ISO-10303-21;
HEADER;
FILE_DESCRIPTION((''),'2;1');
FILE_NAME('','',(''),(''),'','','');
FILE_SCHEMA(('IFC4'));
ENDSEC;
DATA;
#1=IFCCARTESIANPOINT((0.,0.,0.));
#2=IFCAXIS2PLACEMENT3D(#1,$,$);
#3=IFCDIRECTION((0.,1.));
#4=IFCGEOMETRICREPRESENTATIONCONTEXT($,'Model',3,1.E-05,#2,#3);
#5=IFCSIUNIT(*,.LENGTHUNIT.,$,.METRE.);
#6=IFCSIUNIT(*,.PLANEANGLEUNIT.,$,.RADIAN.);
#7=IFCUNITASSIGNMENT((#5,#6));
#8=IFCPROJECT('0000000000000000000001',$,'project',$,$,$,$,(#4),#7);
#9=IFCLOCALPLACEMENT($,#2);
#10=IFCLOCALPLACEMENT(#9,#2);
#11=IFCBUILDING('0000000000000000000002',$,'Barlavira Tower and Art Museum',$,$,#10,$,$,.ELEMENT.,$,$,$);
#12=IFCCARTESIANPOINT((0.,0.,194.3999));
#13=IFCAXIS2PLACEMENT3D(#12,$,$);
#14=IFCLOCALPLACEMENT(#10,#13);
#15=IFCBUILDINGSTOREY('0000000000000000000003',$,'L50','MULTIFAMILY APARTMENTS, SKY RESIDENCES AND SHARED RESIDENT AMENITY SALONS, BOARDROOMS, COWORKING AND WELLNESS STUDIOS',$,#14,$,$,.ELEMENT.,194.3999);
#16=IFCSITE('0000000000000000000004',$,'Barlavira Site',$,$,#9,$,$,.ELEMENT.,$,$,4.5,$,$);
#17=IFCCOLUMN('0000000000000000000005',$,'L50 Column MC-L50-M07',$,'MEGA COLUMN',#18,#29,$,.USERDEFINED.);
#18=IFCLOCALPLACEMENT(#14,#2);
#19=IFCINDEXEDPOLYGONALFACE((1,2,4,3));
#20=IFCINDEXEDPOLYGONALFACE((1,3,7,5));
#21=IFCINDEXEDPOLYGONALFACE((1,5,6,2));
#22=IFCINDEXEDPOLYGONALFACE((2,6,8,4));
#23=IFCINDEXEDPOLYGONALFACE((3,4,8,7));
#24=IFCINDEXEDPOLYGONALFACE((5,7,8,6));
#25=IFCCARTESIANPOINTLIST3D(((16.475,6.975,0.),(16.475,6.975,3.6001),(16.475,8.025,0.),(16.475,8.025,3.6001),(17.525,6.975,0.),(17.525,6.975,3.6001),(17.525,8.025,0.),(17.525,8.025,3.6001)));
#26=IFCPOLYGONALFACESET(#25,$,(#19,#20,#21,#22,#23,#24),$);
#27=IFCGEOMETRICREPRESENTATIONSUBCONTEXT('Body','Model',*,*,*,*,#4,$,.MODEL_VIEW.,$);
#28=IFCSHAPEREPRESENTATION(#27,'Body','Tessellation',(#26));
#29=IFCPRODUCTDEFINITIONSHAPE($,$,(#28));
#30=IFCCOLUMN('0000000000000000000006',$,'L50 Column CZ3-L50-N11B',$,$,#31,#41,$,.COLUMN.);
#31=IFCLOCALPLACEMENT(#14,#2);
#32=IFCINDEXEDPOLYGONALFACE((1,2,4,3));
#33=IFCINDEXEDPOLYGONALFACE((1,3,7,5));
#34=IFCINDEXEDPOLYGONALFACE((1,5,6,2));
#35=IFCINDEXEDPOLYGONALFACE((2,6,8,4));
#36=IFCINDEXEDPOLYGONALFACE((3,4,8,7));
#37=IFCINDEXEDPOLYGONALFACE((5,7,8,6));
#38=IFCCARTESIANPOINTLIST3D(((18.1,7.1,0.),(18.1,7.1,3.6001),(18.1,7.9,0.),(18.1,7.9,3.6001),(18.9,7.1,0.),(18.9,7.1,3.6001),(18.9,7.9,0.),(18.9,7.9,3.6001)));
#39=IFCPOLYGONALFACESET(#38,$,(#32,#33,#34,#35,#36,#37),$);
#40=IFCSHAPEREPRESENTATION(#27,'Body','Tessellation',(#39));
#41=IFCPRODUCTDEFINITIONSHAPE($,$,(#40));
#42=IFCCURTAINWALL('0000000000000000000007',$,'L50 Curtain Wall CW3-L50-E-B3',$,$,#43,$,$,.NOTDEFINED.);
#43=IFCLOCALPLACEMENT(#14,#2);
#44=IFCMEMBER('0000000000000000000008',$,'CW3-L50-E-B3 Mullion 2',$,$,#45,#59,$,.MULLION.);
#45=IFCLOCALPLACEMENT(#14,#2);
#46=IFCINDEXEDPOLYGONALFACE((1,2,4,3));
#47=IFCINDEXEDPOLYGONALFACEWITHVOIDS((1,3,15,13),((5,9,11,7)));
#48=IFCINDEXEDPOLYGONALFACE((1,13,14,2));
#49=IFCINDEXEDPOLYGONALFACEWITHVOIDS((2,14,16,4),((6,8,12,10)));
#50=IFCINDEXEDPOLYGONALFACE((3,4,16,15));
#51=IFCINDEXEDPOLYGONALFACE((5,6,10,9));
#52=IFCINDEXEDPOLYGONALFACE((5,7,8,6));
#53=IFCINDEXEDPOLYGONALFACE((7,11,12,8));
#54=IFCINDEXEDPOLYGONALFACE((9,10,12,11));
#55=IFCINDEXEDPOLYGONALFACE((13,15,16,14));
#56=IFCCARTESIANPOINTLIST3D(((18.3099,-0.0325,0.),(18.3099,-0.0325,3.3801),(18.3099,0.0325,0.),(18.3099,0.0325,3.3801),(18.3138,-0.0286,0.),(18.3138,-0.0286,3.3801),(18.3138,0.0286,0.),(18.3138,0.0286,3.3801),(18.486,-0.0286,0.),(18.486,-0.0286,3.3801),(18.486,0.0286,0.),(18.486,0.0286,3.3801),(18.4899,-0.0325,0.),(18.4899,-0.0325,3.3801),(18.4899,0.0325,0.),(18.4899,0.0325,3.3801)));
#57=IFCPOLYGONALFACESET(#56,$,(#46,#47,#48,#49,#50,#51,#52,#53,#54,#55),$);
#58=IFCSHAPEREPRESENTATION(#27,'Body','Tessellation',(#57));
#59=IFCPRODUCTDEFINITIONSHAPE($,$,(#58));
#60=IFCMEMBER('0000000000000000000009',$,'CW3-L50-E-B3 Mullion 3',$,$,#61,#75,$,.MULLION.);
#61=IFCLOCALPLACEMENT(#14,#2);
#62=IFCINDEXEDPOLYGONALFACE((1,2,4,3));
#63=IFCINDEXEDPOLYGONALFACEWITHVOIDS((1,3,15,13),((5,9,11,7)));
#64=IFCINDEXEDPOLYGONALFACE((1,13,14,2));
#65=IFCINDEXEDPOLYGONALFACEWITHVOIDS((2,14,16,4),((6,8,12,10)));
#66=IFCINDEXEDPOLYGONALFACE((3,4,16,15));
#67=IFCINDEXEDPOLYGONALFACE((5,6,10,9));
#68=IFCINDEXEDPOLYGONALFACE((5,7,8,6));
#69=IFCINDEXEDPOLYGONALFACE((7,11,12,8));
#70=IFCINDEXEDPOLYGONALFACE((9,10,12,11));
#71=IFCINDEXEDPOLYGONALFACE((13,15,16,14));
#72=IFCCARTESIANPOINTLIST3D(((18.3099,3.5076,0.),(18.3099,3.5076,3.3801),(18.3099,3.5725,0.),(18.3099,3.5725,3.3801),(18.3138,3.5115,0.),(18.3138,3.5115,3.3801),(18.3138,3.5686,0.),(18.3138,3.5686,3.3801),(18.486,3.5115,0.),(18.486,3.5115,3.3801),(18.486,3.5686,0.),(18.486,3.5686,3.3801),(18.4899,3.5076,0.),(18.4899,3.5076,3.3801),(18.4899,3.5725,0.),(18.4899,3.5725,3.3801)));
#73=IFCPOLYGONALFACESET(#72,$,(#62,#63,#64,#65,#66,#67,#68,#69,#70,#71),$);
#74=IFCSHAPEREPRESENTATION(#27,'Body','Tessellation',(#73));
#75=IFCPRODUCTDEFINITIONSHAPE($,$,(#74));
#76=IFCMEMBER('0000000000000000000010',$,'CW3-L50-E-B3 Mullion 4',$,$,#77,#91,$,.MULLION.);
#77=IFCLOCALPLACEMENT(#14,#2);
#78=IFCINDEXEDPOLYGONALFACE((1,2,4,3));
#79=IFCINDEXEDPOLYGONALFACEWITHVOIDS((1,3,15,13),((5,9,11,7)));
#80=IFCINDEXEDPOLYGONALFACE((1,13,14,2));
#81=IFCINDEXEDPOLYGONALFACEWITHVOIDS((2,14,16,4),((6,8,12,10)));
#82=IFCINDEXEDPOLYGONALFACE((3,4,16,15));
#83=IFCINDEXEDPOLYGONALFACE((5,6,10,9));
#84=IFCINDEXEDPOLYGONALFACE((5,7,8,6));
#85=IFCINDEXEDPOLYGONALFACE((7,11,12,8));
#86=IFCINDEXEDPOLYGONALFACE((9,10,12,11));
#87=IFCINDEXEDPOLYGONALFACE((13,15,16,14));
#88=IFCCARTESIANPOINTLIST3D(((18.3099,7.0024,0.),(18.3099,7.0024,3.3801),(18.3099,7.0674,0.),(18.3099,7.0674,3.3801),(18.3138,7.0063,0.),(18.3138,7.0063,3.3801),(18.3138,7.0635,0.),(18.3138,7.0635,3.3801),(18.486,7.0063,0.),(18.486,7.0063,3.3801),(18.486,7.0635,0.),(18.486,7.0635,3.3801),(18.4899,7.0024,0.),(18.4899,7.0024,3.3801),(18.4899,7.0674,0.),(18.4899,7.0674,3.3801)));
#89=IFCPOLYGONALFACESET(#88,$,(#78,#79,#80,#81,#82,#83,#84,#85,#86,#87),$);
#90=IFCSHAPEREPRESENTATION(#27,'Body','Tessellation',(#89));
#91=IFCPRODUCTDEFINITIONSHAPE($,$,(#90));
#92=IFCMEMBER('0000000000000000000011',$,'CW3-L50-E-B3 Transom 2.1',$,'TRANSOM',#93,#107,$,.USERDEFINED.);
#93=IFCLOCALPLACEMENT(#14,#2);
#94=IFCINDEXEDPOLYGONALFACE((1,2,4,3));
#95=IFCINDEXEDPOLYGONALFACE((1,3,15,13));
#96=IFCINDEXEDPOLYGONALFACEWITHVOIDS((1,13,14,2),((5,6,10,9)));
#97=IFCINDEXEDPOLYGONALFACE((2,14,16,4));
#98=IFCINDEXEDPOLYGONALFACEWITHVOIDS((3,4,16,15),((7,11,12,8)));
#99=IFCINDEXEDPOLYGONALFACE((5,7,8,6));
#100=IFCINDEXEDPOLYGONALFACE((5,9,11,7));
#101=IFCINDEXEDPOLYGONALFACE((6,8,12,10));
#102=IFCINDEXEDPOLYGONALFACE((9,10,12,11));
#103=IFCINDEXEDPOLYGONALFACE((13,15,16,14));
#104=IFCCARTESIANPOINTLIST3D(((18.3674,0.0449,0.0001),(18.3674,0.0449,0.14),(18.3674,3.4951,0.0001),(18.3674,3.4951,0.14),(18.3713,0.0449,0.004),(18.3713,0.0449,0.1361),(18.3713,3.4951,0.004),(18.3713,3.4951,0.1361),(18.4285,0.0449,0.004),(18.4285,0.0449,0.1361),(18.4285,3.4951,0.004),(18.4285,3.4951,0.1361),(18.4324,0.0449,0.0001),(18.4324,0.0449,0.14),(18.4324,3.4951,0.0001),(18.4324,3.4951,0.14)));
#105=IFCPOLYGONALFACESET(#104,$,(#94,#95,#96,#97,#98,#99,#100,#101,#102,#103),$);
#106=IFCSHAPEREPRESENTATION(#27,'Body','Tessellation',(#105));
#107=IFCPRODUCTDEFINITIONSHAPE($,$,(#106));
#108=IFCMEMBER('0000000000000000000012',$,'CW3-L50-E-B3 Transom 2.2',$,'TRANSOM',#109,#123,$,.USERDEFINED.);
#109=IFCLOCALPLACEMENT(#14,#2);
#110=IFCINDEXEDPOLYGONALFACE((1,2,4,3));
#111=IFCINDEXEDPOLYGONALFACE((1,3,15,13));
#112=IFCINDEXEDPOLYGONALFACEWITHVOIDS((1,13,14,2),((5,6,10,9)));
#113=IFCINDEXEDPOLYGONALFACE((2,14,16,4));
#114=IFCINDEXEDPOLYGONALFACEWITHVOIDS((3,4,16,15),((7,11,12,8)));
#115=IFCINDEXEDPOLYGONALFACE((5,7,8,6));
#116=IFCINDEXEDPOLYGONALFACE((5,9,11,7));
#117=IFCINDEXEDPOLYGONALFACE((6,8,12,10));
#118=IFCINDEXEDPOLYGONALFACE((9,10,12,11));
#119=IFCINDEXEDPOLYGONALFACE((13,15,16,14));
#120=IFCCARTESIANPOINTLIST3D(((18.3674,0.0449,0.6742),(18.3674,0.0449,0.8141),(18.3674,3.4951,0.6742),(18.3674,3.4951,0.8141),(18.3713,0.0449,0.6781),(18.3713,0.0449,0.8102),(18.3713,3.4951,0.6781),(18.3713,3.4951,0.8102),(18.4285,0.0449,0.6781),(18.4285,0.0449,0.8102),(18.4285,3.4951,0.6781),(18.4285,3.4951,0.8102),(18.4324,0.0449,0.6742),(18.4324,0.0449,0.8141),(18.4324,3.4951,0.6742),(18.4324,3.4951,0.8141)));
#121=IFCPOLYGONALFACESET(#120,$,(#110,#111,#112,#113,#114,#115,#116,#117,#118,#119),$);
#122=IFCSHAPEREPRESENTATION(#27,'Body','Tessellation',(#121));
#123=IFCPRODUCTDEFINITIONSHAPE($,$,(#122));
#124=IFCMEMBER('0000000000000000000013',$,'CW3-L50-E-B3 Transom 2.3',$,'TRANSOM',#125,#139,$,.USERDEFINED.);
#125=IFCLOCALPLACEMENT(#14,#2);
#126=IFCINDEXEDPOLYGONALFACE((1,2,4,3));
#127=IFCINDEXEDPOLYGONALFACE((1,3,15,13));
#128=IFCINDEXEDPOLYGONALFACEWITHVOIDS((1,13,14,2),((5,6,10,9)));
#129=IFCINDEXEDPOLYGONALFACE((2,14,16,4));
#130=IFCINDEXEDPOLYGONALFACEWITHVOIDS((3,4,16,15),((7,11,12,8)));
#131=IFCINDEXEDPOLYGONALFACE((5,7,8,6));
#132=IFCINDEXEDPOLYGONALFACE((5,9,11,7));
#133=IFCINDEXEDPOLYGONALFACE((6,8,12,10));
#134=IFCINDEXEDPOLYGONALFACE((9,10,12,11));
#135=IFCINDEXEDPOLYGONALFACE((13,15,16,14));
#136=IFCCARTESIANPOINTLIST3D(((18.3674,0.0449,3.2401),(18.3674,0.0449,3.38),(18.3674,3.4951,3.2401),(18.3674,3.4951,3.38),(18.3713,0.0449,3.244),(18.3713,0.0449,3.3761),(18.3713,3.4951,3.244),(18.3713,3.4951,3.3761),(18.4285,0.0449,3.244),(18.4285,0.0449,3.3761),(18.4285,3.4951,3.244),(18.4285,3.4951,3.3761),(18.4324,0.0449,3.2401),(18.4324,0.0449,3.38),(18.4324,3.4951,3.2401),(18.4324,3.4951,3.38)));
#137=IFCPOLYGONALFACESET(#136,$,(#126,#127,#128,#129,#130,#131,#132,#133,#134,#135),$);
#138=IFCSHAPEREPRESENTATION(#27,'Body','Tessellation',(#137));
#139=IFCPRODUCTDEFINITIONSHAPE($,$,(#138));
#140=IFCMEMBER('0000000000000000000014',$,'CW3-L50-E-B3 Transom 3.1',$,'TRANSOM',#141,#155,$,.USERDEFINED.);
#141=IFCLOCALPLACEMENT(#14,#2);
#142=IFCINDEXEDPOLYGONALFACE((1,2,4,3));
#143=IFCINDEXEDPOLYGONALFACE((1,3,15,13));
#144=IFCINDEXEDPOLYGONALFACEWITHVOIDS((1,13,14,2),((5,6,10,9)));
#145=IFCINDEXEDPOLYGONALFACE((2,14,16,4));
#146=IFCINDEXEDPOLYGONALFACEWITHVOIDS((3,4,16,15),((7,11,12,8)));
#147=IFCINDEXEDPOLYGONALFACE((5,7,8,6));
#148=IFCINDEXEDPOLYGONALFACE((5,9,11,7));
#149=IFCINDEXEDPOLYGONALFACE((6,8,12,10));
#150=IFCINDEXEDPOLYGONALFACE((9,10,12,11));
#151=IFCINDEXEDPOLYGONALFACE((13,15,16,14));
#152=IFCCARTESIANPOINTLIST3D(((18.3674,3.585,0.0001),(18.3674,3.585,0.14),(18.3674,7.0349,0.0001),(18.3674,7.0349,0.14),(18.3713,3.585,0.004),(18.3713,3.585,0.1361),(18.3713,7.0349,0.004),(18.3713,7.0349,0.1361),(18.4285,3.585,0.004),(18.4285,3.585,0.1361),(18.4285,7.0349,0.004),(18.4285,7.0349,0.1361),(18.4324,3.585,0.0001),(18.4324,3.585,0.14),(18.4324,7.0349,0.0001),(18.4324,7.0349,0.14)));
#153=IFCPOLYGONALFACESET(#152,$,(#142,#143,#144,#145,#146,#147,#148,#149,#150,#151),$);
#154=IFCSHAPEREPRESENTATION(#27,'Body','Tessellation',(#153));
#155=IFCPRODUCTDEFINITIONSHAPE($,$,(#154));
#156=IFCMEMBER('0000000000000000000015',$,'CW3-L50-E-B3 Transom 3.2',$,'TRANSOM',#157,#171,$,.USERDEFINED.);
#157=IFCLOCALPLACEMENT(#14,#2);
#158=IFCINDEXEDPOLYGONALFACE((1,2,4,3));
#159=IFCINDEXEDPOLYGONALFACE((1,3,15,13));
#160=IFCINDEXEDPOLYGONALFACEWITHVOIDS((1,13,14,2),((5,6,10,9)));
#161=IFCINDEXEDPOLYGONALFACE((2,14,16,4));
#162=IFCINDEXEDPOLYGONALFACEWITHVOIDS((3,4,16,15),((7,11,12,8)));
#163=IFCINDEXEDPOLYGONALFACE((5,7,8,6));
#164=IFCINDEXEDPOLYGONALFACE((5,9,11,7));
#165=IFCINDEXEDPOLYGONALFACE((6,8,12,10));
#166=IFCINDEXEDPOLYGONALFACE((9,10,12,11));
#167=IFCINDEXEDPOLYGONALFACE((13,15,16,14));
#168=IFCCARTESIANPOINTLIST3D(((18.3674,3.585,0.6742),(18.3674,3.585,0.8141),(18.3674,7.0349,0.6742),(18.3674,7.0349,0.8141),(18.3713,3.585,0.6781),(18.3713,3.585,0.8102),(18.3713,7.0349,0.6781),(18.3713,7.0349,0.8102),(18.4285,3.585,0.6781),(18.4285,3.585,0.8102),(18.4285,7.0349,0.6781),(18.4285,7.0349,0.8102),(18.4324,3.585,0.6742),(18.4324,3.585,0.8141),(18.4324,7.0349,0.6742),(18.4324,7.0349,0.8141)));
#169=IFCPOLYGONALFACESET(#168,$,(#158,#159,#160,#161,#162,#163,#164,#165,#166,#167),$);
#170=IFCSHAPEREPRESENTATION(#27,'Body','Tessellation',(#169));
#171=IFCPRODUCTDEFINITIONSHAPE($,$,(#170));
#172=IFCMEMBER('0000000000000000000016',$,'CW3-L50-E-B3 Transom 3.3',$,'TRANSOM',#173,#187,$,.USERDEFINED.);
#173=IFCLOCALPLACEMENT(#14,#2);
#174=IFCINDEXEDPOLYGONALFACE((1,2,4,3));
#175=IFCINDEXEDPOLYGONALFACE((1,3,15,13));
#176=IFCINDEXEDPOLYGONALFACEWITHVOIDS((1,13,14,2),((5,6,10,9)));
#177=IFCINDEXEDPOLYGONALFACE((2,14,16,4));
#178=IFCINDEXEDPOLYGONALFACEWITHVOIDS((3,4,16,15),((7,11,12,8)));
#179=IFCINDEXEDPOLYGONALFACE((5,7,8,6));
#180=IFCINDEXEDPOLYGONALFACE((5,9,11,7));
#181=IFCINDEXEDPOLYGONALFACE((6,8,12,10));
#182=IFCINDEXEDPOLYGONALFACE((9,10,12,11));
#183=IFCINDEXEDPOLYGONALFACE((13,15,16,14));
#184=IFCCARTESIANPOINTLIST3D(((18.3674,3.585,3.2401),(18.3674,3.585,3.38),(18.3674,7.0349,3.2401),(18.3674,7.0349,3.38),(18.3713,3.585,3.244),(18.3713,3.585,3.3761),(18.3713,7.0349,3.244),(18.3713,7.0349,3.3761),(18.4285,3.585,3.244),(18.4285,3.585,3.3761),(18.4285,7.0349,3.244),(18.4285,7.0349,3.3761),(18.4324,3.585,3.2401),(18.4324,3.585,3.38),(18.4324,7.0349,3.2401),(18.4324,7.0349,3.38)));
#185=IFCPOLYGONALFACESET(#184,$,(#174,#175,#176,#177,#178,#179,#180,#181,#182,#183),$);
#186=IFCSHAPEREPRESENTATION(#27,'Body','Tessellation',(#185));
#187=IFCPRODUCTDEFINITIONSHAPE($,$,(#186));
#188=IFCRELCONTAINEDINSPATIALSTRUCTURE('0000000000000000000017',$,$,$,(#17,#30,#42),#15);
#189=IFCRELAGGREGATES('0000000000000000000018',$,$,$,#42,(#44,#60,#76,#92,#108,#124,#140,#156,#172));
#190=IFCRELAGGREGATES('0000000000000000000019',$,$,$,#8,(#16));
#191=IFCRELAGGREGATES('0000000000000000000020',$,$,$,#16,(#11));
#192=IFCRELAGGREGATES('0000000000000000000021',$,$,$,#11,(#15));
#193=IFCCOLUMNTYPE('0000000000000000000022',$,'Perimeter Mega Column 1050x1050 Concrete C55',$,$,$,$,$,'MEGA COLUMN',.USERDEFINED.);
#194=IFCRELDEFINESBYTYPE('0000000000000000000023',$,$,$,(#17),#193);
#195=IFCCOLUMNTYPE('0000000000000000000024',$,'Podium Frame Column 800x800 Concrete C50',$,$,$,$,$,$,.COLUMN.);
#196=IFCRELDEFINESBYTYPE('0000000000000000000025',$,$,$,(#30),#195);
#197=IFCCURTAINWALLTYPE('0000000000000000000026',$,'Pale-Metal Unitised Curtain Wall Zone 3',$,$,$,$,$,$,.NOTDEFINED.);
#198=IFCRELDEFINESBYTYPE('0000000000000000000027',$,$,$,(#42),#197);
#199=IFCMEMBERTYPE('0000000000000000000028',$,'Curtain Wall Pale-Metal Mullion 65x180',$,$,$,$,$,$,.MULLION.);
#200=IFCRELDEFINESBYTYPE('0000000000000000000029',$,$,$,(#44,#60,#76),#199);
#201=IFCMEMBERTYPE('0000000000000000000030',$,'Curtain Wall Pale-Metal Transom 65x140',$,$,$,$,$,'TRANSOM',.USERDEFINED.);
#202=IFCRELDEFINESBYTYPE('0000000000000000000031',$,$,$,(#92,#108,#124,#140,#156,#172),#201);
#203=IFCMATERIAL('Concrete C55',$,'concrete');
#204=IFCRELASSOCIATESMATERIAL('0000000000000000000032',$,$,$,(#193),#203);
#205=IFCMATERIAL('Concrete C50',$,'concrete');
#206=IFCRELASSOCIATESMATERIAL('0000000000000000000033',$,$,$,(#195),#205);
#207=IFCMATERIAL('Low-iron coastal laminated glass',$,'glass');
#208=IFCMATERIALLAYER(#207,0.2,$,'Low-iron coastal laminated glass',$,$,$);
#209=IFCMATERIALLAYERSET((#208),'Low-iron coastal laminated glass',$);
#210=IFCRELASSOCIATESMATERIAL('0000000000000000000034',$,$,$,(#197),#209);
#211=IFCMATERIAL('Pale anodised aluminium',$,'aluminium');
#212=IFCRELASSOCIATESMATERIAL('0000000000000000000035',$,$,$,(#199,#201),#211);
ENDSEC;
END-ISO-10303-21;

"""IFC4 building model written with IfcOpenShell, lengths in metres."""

from ifc_helpers import new_model, si_unit, direction, frame, origin, origin_2d, place, context, subcontext, project, spatial, rectangle, hollow_rectangle, extrude, material, layer, layer_set, material_profile, profile_set, type_object, element, aggregate, save


model = new_model("IFC4")

# Units and contexts
model_context = context("Model", 3, precision=1e-05, world=origin(), true_north=direction((0.0, 1.0)))
body_context = subcontext(model_context, "Body", "Model", "MODEL_VIEW")
ifc_project = project(units=[si_unit("LENGTHUNIT", "METRE"), si_unit("PLANEANGLEUNIT", "RADIAN")], contexts=[model_context])

# Site, building, storey
site_placement = place(None, origin())
site = spatial("IfcSite", under=ifc_project, at=site_placement, Name="Barlavira Site", CompositionType="ELEMENT", RefElevation=4.5)
building_placement = place(site_placement, origin())
building = spatial("IfcBuilding", under=site, at=building_placement, Name="Barlavira Tower and Art Museum", CompositionType="ELEMENT")
storey_placement = place(building_placement, frame((0.0, 0.0, 194.3999)))
storey = spatial("IfcBuildingStorey", under=building, at=storey_placement, Name="L50", Description="MULTIFAMILY APARTMENTS, SKY RESIDENCES AND SHARED RESIDENT AMENITY SALONS, BOARDROOMS, COWORKING AND WELLNESS STUDIOS", CompositionType="ELEMENT", Elevation=194.3999)

# Columns
ifc_material_1 = material(Name="Concrete C55", Category="concrete")
ifc_material_profile_1 = material_profile(ifc_material_1, rectangle(XDim=1.05, YDim=1.05, at=origin_2d()), Name="RC-COL 1050x1050")
ifc_profile_set_1 = profile_set([ifc_material_profile_1], Name="Concrete C55")
column_type_1 = type_object("IfcColumnType", Name="Perimeter Mega Column 1050x1050 Concrete C55", ElementType="MEGA COLUMN", PredefinedType="USERDEFINED", material=ifc_profile_set_1)
column_1_placement = place(storey_placement, frame((17.0, 7.5, 0.0), z_axis=(0.0, 0.0, 1.0), x_axis=(1.0, 0.0, 0.0)))
element("IfcColumn", 1, at=column_1_placement, inside=storey, type_object=column_type_1, Name="L50 Column MC-L50-M07", ObjectType="MEGA COLUMN", PredefinedType="USERDEFINED", context=body_context, shape_type="SweptSolid", body=[
    extrude(rectangle(XDim=1.05, YDim=1.05, at=origin_2d()), origin(), (0.0, 0.0, 1.0), 3.6001),
])
ifc_material_2 = material(Name="Concrete C50", Category="concrete")
ifc_material_profile_2 = material_profile(ifc_material_2, rectangle(XDim=0.8, YDim=0.8, at=origin_2d()), Name="RC-COL 800x800")
ifc_profile_set_2 = profile_set([ifc_material_profile_2], Name="Concrete C50")
column_type_2 = type_object("IfcColumnType", Name="Podium Frame Column 800x800 Concrete C50", PredefinedType="COLUMN", material=ifc_profile_set_2)
column_2_placement = place(storey_placement, frame((18.5, 7.5, 0.0), z_axis=(0.0, 0.0, 1.0), x_axis=(1.0, 0.0, 0.0)))
element("IfcColumn", 2, at=column_2_placement, inside=storey, type_object=column_type_2, Name="L50 Column CZ3-L50-N11B", PredefinedType="COLUMN", context=body_context, shape_type="SweptSolid", body=[
    extrude(rectangle(XDim=0.8, YDim=0.8, at=origin_2d()), origin(), (0.0, 0.0, 1.0), 3.6001),
])

# Curtain wall, members
ifc_material_3 = material(Name="Low-iron coastal laminated glass", Category="glass")
ifc_layer_1 = layer(ifc_material_3, 0.2, Name="Low-iron coastal laminated glass")
ifc_layer_set_1 = layer_set([ifc_layer_1], Name="Low-iron coastal laminated glass")
curtain_wall_type = type_object("IfcCurtainWallType", Name="Pale-Metal Unitised Curtain Wall Zone 3", PredefinedType="NOTDEFINED", material=ifc_layer_set_1)
curtain_wall_placement = place(storey_placement, origin())
curtain_wall = element("IfcCurtainWall", 3, at=curtain_wall_placement, inside=storey, type_object=curtain_wall_type, Name="L50 Curtain Wall CW3-L50-E-B3", PredefinedType="NOTDEFINED")
ifc_material_4 = material(Name="Pale anodised aluminium", Category="aluminium")
ifc_material_profile_3 = material_profile(ifc_material_4, hollow_rectangle(XDim=0.0649, YDim=0.1799, WallThickness=0.0039, at=origin_2d()), Name="ALU-MULL 65x180x4")
ifc_profile_set_3 = profile_set([ifc_material_profile_3], Name="Pale anodised aluminium")
member_type_1 = type_object("IfcMemberType", Name="Curtain Wall Pale-Metal Mullion 65x180", PredefinedType="MULLION", material=ifc_profile_set_3)
member_1_placement = place(storey_placement, frame((18.3999, 0.0, 0.0), z_axis=(0.0, 0.0, 1.0), x_axis=(0.0, 1.0, 0.0)))
member_1 = element("IfcMember", 4, at=member_1_placement, type_object=member_type_1, Name="CW3-L50-E-B3 Mullion 2", PredefinedType="MULLION", context=body_context, shape_type="SweptSolid", body=[
    extrude(hollow_rectangle(XDim=0.0649, YDim=0.1799, WallThickness=0.0039, at=origin_2d()), origin(), (0.0, 0.0, 1.0), 3.3801),
])
member_2_placement = place(storey_placement, frame((18.3999, 3.54, 0.0), z_axis=(0.0, 0.0, 1.0), x_axis=(0.0, 1.0, 0.0)))
member_2 = element("IfcMember", 5, at=member_2_placement, type_object=member_type_1, Name="CW3-L50-E-B3 Mullion 3", PredefinedType="MULLION", context=body_context, shape_type="SweptSolid", body=[
    extrude(hollow_rectangle(XDim=0.0649, YDim=0.1799, WallThickness=0.0039, at=origin_2d()), origin(), (0.0, 0.0, 1.0), 3.3801),
])
member_3_placement = place(storey_placement, frame((18.3999, 7.0349, 0.0), z_axis=(0.0, 0.0, 1.0), x_axis=(0.0, 1.0, 0.0)))
member_3 = element("IfcMember", 6, at=member_3_placement, type_object=member_type_1, Name="CW3-L50-E-B3 Mullion 4", PredefinedType="MULLION", context=body_context, shape_type="SweptSolid", body=[
    extrude(hollow_rectangle(XDim=0.0649, YDim=0.1799, WallThickness=0.0039, at=origin_2d()), origin(), (0.0, 0.0, 1.0), 3.3801),
])
ifc_material_profile_4 = material_profile(ifc_material_4, hollow_rectangle(XDim=0.0649, YDim=0.1399, WallThickness=0.0039, at=origin_2d()), Name="ALU-TRAN 65x140x4")
ifc_profile_set_4 = profile_set([ifc_material_profile_4], Name="Pale anodised aluminium")
member_type_2 = type_object("IfcMemberType", Name="Curtain Wall Pale-Metal Transom 65x140", ElementType="TRANSOM", PredefinedType="USERDEFINED", material=ifc_profile_set_4)
member_4_placement = place(storey_placement, frame((18.3999, 0.0449, 0.0701), z_axis=(0.0, 1.0, 0.0), x_axis=(-1.0, 0.0, 0.0)))
member_4 = element("IfcMember", 7, at=member_4_placement, type_object=member_type_2, Name="CW3-L50-E-B3 Transom 2.1", ObjectType="TRANSOM", PredefinedType="USERDEFINED", context=body_context, shape_type="SweptSolid", body=[
    extrude(hollow_rectangle(XDim=0.0649, YDim=0.1399, WallThickness=0.0039, at=origin_2d()), origin(), (0.0, 0.0, 1.0), 3.4502),
])
member_5_placement = place(storey_placement, frame((18.3999, 0.0449, 0.7441), z_axis=(0.0, 1.0, 0.0), x_axis=(-1.0, 0.0, 0.0)))
member_5 = element("IfcMember", 8, at=member_5_placement, type_object=member_type_2, Name="CW3-L50-E-B3 Transom 2.2", ObjectType="TRANSOM", PredefinedType="USERDEFINED", context=body_context, shape_type="SweptSolid", body=[
    extrude(hollow_rectangle(XDim=0.0649, YDim=0.1399, WallThickness=0.0039, at=origin_2d()), origin(), (0.0, 0.0, 1.0), 3.4502),
])
member_6_placement = place(storey_placement, frame((18.3999, 0.0449, 3.3101), z_axis=(0.0, 1.0, 0.0), x_axis=(-1.0, 0.0, 0.0)))
member_6 = element("IfcMember", 9, at=member_6_placement, type_object=member_type_2, Name="CW3-L50-E-B3 Transom 2.3", ObjectType="TRANSOM", PredefinedType="USERDEFINED", context=body_context, shape_type="SweptSolid", body=[
    extrude(hollow_rectangle(XDim=0.0649, YDim=0.1399, WallThickness=0.0039, at=origin_2d()), origin(), (0.0, 0.0, 1.0), 3.4502),
])
member_7_placement = place(storey_placement, frame((18.3999, 3.585, 0.0701), z_axis=(0.0, 1.0, 0.0), x_axis=(-1.0, 0.0, 0.0)))
member_7 = element("IfcMember", 10, at=member_7_placement, type_object=member_type_2, Name="CW3-L50-E-B3 Transom 3.1", ObjectType="TRANSOM", PredefinedType="USERDEFINED", context=body_context, shape_type="SweptSolid", body=[
    extrude(hollow_rectangle(XDim=0.0649, YDim=0.1399, WallThickness=0.0039, at=origin_2d()), origin(), (0.0, 0.0, 1.0), 3.45),
])
member_8_placement = place(storey_placement, frame((18.3999, 3.585, 0.7441), z_axis=(0.0, 1.0, 0.0), x_axis=(-1.0, 0.0, 0.0)))
member_8 = element("IfcMember", 11, at=member_8_placement, type_object=member_type_2, Name="CW3-L50-E-B3 Transom 3.2", ObjectType="TRANSOM", PredefinedType="USERDEFINED", context=body_context, shape_type="SweptSolid", body=[
    extrude(hollow_rectangle(XDim=0.0649, YDim=0.1399, WallThickness=0.0039, at=origin_2d()), origin(), (0.0, 0.0, 1.0), 3.45),
])
member_9_placement = place(storey_placement, frame((18.3999, 3.585, 3.3101), z_axis=(0.0, 1.0, 0.0), x_axis=(-1.0, 0.0, 0.0)))
member_9 = element("IfcMember", 12, at=member_9_placement, type_object=member_type_2, Name="CW3-L50-E-B3 Transom 3.3", ObjectType="TRANSOM", PredefinedType="USERDEFINED", context=body_context, shape_type="SweptSolid", body=[
    extrude(hollow_rectangle(XDim=0.0649, YDim=0.1399, WallThickness=0.0039, at=origin_2d()), origin(), (0.0, 0.0, 1.0), 3.45),
])

aggregate(curtain_wall, [member_1, member_2, member_3, member_4, member_5, member_6, member_7, member_8, member_9])

save(model, "model.ifc")
